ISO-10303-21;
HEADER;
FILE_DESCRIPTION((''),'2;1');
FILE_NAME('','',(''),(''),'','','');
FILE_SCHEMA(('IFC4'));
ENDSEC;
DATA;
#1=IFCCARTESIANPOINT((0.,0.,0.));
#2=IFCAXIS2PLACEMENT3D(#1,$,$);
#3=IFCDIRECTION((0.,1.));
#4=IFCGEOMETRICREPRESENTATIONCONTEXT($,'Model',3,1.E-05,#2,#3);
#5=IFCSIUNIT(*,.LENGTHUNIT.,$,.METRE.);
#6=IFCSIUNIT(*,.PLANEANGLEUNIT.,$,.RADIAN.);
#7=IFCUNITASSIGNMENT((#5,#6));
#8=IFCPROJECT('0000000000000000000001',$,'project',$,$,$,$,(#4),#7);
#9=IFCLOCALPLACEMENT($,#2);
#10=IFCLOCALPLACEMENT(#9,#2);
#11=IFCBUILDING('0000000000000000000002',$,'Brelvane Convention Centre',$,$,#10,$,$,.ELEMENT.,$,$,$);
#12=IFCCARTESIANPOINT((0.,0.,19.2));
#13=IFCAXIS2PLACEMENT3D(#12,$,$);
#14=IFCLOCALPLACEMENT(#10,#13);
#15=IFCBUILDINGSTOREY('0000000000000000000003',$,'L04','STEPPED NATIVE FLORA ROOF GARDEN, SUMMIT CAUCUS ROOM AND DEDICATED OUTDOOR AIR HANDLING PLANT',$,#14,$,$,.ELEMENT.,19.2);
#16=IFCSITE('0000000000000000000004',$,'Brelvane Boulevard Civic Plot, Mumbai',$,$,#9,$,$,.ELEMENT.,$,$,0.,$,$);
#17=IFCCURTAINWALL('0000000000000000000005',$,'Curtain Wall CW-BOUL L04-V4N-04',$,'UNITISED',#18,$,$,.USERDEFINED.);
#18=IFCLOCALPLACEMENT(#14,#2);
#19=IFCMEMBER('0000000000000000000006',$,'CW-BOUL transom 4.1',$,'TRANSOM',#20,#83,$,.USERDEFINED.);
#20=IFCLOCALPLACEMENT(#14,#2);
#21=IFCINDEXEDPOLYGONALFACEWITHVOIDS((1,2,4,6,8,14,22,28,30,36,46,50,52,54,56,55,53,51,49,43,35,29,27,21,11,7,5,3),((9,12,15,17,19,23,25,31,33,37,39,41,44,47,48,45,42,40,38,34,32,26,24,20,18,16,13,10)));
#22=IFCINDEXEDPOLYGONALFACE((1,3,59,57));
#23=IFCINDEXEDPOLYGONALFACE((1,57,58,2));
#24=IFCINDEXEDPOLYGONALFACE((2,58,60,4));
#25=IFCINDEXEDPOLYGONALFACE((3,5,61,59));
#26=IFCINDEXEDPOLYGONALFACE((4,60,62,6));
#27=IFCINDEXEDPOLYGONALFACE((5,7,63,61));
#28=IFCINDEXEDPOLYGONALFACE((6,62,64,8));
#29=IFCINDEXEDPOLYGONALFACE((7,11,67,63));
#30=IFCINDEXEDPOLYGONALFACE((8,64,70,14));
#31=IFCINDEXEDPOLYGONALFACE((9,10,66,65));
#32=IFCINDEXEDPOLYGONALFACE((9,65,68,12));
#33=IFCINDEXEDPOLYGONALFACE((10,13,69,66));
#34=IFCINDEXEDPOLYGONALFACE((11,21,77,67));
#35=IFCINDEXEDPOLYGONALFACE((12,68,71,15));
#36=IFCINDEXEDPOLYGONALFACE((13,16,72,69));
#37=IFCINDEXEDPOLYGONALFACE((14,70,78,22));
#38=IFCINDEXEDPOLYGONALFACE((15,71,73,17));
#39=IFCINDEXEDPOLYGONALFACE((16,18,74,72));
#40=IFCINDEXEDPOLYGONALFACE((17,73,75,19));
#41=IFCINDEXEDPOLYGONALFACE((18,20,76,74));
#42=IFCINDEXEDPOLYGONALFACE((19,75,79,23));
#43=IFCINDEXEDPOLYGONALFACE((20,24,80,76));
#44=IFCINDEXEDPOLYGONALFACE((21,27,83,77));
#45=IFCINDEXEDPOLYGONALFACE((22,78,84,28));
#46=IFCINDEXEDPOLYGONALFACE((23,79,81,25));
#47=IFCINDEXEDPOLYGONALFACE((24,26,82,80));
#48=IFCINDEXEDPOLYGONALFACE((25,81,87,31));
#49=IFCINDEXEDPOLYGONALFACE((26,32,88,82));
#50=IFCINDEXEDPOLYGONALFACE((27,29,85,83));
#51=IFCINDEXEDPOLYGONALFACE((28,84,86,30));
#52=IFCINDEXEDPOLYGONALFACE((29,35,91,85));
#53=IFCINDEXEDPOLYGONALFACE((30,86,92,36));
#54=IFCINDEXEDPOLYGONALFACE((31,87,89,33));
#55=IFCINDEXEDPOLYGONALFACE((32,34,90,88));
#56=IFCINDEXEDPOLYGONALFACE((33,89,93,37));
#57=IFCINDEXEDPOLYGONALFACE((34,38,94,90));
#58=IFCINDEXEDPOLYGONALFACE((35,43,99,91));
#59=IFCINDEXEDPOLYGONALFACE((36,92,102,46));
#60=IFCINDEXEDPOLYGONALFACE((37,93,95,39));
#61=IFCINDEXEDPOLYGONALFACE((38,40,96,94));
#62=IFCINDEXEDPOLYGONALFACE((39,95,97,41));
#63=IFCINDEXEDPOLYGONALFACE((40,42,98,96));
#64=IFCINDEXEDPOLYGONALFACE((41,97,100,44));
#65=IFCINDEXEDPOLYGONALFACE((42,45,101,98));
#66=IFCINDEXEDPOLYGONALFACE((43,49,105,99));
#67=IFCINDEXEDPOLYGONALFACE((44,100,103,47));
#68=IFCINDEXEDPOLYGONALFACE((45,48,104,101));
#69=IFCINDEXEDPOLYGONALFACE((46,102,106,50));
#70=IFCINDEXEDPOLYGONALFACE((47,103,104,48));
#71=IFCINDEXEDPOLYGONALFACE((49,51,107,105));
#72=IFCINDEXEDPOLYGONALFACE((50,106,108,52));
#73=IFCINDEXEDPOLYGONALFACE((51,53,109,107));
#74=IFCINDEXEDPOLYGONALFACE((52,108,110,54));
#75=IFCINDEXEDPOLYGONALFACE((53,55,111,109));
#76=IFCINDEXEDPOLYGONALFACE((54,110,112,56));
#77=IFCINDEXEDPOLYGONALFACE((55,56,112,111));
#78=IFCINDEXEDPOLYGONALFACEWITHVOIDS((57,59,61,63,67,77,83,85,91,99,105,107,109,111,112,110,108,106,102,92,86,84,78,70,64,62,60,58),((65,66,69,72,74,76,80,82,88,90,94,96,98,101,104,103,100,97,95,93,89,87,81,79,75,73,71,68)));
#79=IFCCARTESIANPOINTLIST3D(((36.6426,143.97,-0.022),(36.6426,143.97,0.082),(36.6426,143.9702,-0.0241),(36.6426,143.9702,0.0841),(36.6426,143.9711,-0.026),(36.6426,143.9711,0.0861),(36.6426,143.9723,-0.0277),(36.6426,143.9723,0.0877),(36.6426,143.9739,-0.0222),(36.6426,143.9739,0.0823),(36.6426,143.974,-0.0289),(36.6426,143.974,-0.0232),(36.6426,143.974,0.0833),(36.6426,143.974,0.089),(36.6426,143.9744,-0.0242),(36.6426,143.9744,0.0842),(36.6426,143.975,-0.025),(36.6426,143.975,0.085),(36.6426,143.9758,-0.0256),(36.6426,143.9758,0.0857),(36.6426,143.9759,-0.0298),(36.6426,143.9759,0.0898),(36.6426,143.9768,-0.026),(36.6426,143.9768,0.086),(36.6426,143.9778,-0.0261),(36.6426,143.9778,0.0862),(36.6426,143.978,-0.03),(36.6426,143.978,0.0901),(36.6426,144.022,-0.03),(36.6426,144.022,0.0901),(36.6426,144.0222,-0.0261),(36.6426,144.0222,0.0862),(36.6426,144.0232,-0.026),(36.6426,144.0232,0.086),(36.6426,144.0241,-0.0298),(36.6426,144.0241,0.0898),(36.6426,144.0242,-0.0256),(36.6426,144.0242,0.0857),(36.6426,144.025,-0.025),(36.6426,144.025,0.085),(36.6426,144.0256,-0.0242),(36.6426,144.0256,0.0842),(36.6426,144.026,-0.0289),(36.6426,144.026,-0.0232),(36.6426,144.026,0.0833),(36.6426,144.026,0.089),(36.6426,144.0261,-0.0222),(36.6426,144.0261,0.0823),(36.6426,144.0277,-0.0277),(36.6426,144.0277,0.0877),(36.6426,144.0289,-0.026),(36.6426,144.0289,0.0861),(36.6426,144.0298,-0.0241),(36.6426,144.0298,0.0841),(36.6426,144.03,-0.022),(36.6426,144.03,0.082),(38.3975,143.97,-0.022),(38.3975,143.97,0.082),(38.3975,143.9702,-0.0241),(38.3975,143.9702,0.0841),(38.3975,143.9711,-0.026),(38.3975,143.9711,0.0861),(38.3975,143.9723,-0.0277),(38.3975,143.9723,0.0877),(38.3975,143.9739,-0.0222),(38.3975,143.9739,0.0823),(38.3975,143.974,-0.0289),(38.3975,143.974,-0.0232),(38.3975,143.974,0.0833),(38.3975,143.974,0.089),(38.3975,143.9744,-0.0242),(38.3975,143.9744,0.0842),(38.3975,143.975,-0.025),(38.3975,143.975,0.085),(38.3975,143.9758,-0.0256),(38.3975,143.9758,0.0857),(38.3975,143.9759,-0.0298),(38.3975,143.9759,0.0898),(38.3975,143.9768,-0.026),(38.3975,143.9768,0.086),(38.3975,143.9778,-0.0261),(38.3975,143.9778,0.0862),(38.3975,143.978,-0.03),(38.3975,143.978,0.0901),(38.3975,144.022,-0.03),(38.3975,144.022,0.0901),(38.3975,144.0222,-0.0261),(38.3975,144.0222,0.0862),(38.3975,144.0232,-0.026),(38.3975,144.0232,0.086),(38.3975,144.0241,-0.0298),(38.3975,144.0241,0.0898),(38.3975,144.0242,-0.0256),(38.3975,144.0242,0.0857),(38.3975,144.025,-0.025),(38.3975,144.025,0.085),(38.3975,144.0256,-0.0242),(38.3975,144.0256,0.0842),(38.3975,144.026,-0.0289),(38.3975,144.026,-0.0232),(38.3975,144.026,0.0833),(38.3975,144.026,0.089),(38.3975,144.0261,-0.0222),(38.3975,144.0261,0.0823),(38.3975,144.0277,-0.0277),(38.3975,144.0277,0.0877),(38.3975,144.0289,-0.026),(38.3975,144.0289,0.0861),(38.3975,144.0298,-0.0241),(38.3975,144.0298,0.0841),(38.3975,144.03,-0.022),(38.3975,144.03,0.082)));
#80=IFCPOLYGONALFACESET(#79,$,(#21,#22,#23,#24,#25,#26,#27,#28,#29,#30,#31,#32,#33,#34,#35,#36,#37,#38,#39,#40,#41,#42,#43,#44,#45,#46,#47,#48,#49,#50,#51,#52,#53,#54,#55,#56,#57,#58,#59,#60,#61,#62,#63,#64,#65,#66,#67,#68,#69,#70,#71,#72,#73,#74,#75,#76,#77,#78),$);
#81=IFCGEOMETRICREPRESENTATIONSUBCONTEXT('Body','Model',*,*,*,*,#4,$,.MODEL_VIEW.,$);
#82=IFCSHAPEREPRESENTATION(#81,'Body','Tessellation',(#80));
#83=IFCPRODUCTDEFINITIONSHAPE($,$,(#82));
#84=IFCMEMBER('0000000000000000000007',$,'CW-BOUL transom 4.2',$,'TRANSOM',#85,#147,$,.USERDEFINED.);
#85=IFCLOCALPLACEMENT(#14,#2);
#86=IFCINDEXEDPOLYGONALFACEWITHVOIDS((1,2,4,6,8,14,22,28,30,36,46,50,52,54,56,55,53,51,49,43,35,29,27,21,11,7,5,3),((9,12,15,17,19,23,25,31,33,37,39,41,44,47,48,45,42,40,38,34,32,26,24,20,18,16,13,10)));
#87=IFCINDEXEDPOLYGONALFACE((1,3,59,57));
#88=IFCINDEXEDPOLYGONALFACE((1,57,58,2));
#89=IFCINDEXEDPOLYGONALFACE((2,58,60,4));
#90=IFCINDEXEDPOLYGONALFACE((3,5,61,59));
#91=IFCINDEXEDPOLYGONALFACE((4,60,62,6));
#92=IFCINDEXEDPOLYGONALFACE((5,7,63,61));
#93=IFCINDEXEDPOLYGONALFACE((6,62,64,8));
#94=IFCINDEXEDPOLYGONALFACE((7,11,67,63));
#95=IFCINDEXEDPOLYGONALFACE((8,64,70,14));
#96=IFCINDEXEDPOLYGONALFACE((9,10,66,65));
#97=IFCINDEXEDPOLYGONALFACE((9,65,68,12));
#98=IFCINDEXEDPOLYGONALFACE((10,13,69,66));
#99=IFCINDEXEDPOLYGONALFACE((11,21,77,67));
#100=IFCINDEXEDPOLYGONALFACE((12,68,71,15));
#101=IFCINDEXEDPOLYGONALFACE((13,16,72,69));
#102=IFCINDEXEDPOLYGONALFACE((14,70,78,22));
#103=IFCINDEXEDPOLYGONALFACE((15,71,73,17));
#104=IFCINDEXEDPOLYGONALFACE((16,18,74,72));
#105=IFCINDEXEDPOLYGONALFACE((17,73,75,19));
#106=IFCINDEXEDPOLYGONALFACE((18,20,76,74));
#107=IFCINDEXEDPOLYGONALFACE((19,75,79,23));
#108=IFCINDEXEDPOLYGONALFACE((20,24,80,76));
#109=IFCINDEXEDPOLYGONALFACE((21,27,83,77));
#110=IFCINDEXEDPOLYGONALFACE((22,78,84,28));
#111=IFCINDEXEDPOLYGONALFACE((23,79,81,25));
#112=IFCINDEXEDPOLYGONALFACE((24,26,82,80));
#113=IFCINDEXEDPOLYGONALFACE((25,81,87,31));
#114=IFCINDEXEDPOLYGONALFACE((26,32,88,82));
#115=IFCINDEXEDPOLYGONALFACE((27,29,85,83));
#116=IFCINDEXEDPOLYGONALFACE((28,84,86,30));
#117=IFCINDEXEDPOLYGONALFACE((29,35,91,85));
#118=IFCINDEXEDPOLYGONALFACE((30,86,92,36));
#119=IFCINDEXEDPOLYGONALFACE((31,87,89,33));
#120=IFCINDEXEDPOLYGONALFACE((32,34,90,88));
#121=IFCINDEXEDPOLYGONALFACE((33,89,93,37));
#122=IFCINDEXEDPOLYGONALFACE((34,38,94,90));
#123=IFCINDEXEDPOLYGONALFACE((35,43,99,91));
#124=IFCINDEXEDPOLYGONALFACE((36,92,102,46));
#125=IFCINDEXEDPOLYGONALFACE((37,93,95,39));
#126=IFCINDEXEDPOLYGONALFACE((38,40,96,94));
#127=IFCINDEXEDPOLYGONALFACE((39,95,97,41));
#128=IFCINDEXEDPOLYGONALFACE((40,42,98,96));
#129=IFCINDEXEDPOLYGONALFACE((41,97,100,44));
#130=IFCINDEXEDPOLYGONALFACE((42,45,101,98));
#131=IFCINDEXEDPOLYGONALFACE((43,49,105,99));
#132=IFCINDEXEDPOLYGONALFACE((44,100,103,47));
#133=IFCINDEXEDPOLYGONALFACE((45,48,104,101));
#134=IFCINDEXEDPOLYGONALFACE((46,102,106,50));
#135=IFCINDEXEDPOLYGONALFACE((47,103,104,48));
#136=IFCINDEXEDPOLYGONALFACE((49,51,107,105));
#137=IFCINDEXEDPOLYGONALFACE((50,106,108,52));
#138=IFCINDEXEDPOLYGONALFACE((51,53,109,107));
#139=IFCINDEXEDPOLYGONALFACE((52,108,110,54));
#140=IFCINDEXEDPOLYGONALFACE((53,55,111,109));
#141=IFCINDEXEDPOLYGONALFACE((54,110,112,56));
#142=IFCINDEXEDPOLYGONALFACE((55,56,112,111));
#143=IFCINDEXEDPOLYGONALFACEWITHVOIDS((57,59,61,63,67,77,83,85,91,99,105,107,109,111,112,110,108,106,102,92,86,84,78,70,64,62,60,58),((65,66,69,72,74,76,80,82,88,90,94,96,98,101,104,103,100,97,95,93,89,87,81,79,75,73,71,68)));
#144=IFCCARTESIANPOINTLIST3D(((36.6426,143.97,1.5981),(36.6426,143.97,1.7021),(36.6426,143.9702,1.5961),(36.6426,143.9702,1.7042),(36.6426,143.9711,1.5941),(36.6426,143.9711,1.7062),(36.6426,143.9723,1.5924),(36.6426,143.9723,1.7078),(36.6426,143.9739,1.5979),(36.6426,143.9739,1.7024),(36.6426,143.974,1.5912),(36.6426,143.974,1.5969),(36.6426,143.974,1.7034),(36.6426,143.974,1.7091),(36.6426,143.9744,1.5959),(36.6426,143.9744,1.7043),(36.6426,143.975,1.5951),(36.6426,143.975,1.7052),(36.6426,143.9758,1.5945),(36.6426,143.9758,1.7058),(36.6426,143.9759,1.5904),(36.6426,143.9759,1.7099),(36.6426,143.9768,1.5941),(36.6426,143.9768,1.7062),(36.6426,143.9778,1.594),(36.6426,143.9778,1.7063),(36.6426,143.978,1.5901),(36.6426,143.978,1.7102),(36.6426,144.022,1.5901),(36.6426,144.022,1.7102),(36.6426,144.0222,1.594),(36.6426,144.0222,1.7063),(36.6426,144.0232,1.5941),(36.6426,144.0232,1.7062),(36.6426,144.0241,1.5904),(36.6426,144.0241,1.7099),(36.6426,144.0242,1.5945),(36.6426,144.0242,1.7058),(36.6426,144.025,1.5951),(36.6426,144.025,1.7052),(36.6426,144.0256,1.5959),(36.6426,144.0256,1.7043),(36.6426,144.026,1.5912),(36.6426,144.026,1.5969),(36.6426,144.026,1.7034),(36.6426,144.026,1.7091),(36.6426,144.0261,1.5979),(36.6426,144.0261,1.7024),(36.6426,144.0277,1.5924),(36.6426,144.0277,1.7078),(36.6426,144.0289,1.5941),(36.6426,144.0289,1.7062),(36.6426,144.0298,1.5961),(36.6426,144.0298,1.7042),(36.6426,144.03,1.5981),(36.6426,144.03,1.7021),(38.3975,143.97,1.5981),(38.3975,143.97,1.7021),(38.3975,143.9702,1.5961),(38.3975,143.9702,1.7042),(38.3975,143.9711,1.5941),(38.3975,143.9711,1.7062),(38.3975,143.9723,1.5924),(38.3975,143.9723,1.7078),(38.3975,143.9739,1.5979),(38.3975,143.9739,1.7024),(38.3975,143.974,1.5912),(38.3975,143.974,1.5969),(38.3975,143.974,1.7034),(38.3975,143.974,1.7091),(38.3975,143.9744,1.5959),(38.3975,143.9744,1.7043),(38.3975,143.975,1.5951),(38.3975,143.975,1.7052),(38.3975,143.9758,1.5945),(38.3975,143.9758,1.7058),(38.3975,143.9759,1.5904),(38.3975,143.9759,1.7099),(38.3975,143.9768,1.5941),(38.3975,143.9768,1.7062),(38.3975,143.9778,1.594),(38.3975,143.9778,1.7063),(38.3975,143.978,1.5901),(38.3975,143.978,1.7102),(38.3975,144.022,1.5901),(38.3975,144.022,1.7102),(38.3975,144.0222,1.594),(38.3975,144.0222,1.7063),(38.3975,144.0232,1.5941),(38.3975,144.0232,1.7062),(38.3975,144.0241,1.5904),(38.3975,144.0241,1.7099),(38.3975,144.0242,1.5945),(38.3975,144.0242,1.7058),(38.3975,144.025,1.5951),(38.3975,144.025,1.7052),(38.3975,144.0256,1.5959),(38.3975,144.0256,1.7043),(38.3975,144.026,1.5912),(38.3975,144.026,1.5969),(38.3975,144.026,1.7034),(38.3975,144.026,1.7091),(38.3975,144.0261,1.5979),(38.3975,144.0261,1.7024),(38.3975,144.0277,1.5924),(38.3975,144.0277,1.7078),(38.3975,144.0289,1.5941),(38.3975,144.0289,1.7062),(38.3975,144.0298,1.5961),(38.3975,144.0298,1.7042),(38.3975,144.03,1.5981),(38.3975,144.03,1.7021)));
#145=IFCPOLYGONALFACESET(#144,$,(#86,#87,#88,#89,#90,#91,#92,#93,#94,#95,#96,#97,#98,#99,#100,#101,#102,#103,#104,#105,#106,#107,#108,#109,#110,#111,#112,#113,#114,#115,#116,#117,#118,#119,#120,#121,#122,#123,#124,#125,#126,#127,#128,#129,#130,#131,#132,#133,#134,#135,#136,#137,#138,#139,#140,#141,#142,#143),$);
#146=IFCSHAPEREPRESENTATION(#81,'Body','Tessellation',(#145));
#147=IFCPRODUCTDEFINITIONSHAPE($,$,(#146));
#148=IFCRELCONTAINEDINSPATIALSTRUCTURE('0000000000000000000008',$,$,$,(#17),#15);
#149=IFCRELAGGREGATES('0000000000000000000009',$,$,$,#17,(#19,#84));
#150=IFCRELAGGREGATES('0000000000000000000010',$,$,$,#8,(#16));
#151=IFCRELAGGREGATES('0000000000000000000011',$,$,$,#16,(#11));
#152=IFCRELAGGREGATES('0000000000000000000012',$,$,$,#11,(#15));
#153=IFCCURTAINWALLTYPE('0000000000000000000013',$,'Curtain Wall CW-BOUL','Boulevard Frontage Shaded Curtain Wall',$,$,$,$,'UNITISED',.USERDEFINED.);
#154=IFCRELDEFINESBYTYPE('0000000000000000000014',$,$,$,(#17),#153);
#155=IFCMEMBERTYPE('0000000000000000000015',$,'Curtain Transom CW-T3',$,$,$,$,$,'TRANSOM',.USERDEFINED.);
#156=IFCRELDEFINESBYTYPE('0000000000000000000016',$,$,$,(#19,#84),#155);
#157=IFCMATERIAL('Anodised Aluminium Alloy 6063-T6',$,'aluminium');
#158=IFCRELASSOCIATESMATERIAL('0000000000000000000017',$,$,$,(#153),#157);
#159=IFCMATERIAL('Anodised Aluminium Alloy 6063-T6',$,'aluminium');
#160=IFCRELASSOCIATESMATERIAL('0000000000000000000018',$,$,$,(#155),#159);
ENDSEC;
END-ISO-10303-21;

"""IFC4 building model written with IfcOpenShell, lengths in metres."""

from ifc_helpers import new_model, si_unit, direction, frame, origin, origin_2d, place, context, subcontext, project, spatial, hollow_rectangle, extrude, material, material_profile, profile_set, type_object, element, aggregate, save


model = new_model("IFC4")

# Units and contexts
model_context = context("Model", 3, precision=1e-05, world=origin(), true_north=direction((0.0, 1.0)))
body_context = subcontext(model_context, "Body", "Model", "MODEL_VIEW")
ifc_project = project(units=[si_unit("LENGTHUNIT", "METRE"), si_unit("PLANEANGLEUNIT", "RADIAN")], contexts=[model_context])

# Site, building, storey
site_placement = place(None, origin())
site = spatial("IfcSite", under=ifc_project, at=site_placement, Name="Brelvane Boulevard Civic Plot, Mumbai", CompositionType="ELEMENT", RefElevation=0.0)
building_placement = place(site_placement, origin())
building = spatial("IfcBuilding", under=site, at=building_placement, Name="Brelvane Convention Centre", CompositionType="ELEMENT")
storey_placement = place(building_placement, frame((0.0, 0.0, 19.2)))
storey = spatial("IfcBuildingStorey", under=building, at=storey_placement, Name="L04", Description="STEPPED NATIVE FLORA ROOF GARDEN, SUMMIT CAUCUS ROOM AND DEDICATED OUTDOOR AIR HANDLING PLANT", CompositionType="ELEMENT", Elevation=19.2)

# Curtain wall, members
ifc_material_1 = material(Name="Anodised Aluminium Alloy 6063-T6", Category="aluminium")
curtain_wall_type = type_object("IfcCurtainWallType", Name="Curtain Wall CW-BOUL", Description="Boulevard Frontage Shaded Curtain Wall", ElementType="UNITISED", PredefinedType="USERDEFINED", material=ifc_material_1)
curtain_wall_placement = place(storey_placement, origin())
curtain_wall = element("IfcCurtainWall", 1, at=curtain_wall_placement, inside=storey, type_object=curtain_wall_type, Name="Curtain Wall CW-BOUL L04-V4N-04", ObjectType="UNITISED", PredefinedType="USERDEFINED")
ifc_material_2 = material(Name="Anodised Aluminium Alloy 6063-T6", Category="aluminium")
ifc_material_profile_1 = material_profile(ifc_material_2, hollow_rectangle(XDim=0.0601, YDim=0.1201, WallThickness=0.0039, InnerFilletRadius=0.0039, OuterFilletRadius=0.0081, at=origin_2d()), Name="ALU-T 120x60x4.0")
ifc_profile_set_1 = profile_set([ifc_material_profile_1], Name="Anodised Aluminium Alloy 6063-T6")
member_type_1 = type_object("IfcMemberType", Name="Curtain Transom CW-T3", ElementType="TRANSOM", PredefinedType="USERDEFINED", material=ifc_profile_set_1)
member_1_placement = place(storey_placement, frame((36.6426, 144.0, 0.03), z_axis=(1.0, 0.0, 0.0), x_axis=(0.0, 1.0, 0.0)))
member_1 = element("IfcMember", 2, at=member_1_placement, type_object=member_type_1, Name="CW-BOUL transom 4.1", ObjectType="TRANSOM", PredefinedType="USERDEFINED", context=body_context, shape_type="SweptSolid", body=[
    extrude(hollow_rectangle(XDim=0.0601, YDim=0.1201, WallThickness=0.0039, InnerFilletRadius=0.0039, OuterFilletRadius=0.0081, at=origin_2d()), origin(), (0.0, 0.0, 1.0), 1.7549),
])
member_2_placement = place(storey_placement, frame((36.6426, 144.0, 1.6501), z_axis=(1.0, 0.0, 0.0), x_axis=(0.0, 1.0, 0.0)))
member_2 = element("IfcMember", 3, at=member_2_placement, type_object=member_type_1, Name="CW-BOUL transom 4.2", ObjectType="TRANSOM", PredefinedType="USERDEFINED", context=body_context, shape_type="SweptSolid", body=[
    extrude(hollow_rectangle(XDim=0.0601, YDim=0.1201, WallThickness=0.0039, InnerFilletRadius=0.0039, OuterFilletRadius=0.0081, at=origin_2d()), origin(), (0.0, 0.0, 1.0), 1.7549),
])

aggregate(curtain_wall, [member_1, member_2])

save(model, "model.ifc")
